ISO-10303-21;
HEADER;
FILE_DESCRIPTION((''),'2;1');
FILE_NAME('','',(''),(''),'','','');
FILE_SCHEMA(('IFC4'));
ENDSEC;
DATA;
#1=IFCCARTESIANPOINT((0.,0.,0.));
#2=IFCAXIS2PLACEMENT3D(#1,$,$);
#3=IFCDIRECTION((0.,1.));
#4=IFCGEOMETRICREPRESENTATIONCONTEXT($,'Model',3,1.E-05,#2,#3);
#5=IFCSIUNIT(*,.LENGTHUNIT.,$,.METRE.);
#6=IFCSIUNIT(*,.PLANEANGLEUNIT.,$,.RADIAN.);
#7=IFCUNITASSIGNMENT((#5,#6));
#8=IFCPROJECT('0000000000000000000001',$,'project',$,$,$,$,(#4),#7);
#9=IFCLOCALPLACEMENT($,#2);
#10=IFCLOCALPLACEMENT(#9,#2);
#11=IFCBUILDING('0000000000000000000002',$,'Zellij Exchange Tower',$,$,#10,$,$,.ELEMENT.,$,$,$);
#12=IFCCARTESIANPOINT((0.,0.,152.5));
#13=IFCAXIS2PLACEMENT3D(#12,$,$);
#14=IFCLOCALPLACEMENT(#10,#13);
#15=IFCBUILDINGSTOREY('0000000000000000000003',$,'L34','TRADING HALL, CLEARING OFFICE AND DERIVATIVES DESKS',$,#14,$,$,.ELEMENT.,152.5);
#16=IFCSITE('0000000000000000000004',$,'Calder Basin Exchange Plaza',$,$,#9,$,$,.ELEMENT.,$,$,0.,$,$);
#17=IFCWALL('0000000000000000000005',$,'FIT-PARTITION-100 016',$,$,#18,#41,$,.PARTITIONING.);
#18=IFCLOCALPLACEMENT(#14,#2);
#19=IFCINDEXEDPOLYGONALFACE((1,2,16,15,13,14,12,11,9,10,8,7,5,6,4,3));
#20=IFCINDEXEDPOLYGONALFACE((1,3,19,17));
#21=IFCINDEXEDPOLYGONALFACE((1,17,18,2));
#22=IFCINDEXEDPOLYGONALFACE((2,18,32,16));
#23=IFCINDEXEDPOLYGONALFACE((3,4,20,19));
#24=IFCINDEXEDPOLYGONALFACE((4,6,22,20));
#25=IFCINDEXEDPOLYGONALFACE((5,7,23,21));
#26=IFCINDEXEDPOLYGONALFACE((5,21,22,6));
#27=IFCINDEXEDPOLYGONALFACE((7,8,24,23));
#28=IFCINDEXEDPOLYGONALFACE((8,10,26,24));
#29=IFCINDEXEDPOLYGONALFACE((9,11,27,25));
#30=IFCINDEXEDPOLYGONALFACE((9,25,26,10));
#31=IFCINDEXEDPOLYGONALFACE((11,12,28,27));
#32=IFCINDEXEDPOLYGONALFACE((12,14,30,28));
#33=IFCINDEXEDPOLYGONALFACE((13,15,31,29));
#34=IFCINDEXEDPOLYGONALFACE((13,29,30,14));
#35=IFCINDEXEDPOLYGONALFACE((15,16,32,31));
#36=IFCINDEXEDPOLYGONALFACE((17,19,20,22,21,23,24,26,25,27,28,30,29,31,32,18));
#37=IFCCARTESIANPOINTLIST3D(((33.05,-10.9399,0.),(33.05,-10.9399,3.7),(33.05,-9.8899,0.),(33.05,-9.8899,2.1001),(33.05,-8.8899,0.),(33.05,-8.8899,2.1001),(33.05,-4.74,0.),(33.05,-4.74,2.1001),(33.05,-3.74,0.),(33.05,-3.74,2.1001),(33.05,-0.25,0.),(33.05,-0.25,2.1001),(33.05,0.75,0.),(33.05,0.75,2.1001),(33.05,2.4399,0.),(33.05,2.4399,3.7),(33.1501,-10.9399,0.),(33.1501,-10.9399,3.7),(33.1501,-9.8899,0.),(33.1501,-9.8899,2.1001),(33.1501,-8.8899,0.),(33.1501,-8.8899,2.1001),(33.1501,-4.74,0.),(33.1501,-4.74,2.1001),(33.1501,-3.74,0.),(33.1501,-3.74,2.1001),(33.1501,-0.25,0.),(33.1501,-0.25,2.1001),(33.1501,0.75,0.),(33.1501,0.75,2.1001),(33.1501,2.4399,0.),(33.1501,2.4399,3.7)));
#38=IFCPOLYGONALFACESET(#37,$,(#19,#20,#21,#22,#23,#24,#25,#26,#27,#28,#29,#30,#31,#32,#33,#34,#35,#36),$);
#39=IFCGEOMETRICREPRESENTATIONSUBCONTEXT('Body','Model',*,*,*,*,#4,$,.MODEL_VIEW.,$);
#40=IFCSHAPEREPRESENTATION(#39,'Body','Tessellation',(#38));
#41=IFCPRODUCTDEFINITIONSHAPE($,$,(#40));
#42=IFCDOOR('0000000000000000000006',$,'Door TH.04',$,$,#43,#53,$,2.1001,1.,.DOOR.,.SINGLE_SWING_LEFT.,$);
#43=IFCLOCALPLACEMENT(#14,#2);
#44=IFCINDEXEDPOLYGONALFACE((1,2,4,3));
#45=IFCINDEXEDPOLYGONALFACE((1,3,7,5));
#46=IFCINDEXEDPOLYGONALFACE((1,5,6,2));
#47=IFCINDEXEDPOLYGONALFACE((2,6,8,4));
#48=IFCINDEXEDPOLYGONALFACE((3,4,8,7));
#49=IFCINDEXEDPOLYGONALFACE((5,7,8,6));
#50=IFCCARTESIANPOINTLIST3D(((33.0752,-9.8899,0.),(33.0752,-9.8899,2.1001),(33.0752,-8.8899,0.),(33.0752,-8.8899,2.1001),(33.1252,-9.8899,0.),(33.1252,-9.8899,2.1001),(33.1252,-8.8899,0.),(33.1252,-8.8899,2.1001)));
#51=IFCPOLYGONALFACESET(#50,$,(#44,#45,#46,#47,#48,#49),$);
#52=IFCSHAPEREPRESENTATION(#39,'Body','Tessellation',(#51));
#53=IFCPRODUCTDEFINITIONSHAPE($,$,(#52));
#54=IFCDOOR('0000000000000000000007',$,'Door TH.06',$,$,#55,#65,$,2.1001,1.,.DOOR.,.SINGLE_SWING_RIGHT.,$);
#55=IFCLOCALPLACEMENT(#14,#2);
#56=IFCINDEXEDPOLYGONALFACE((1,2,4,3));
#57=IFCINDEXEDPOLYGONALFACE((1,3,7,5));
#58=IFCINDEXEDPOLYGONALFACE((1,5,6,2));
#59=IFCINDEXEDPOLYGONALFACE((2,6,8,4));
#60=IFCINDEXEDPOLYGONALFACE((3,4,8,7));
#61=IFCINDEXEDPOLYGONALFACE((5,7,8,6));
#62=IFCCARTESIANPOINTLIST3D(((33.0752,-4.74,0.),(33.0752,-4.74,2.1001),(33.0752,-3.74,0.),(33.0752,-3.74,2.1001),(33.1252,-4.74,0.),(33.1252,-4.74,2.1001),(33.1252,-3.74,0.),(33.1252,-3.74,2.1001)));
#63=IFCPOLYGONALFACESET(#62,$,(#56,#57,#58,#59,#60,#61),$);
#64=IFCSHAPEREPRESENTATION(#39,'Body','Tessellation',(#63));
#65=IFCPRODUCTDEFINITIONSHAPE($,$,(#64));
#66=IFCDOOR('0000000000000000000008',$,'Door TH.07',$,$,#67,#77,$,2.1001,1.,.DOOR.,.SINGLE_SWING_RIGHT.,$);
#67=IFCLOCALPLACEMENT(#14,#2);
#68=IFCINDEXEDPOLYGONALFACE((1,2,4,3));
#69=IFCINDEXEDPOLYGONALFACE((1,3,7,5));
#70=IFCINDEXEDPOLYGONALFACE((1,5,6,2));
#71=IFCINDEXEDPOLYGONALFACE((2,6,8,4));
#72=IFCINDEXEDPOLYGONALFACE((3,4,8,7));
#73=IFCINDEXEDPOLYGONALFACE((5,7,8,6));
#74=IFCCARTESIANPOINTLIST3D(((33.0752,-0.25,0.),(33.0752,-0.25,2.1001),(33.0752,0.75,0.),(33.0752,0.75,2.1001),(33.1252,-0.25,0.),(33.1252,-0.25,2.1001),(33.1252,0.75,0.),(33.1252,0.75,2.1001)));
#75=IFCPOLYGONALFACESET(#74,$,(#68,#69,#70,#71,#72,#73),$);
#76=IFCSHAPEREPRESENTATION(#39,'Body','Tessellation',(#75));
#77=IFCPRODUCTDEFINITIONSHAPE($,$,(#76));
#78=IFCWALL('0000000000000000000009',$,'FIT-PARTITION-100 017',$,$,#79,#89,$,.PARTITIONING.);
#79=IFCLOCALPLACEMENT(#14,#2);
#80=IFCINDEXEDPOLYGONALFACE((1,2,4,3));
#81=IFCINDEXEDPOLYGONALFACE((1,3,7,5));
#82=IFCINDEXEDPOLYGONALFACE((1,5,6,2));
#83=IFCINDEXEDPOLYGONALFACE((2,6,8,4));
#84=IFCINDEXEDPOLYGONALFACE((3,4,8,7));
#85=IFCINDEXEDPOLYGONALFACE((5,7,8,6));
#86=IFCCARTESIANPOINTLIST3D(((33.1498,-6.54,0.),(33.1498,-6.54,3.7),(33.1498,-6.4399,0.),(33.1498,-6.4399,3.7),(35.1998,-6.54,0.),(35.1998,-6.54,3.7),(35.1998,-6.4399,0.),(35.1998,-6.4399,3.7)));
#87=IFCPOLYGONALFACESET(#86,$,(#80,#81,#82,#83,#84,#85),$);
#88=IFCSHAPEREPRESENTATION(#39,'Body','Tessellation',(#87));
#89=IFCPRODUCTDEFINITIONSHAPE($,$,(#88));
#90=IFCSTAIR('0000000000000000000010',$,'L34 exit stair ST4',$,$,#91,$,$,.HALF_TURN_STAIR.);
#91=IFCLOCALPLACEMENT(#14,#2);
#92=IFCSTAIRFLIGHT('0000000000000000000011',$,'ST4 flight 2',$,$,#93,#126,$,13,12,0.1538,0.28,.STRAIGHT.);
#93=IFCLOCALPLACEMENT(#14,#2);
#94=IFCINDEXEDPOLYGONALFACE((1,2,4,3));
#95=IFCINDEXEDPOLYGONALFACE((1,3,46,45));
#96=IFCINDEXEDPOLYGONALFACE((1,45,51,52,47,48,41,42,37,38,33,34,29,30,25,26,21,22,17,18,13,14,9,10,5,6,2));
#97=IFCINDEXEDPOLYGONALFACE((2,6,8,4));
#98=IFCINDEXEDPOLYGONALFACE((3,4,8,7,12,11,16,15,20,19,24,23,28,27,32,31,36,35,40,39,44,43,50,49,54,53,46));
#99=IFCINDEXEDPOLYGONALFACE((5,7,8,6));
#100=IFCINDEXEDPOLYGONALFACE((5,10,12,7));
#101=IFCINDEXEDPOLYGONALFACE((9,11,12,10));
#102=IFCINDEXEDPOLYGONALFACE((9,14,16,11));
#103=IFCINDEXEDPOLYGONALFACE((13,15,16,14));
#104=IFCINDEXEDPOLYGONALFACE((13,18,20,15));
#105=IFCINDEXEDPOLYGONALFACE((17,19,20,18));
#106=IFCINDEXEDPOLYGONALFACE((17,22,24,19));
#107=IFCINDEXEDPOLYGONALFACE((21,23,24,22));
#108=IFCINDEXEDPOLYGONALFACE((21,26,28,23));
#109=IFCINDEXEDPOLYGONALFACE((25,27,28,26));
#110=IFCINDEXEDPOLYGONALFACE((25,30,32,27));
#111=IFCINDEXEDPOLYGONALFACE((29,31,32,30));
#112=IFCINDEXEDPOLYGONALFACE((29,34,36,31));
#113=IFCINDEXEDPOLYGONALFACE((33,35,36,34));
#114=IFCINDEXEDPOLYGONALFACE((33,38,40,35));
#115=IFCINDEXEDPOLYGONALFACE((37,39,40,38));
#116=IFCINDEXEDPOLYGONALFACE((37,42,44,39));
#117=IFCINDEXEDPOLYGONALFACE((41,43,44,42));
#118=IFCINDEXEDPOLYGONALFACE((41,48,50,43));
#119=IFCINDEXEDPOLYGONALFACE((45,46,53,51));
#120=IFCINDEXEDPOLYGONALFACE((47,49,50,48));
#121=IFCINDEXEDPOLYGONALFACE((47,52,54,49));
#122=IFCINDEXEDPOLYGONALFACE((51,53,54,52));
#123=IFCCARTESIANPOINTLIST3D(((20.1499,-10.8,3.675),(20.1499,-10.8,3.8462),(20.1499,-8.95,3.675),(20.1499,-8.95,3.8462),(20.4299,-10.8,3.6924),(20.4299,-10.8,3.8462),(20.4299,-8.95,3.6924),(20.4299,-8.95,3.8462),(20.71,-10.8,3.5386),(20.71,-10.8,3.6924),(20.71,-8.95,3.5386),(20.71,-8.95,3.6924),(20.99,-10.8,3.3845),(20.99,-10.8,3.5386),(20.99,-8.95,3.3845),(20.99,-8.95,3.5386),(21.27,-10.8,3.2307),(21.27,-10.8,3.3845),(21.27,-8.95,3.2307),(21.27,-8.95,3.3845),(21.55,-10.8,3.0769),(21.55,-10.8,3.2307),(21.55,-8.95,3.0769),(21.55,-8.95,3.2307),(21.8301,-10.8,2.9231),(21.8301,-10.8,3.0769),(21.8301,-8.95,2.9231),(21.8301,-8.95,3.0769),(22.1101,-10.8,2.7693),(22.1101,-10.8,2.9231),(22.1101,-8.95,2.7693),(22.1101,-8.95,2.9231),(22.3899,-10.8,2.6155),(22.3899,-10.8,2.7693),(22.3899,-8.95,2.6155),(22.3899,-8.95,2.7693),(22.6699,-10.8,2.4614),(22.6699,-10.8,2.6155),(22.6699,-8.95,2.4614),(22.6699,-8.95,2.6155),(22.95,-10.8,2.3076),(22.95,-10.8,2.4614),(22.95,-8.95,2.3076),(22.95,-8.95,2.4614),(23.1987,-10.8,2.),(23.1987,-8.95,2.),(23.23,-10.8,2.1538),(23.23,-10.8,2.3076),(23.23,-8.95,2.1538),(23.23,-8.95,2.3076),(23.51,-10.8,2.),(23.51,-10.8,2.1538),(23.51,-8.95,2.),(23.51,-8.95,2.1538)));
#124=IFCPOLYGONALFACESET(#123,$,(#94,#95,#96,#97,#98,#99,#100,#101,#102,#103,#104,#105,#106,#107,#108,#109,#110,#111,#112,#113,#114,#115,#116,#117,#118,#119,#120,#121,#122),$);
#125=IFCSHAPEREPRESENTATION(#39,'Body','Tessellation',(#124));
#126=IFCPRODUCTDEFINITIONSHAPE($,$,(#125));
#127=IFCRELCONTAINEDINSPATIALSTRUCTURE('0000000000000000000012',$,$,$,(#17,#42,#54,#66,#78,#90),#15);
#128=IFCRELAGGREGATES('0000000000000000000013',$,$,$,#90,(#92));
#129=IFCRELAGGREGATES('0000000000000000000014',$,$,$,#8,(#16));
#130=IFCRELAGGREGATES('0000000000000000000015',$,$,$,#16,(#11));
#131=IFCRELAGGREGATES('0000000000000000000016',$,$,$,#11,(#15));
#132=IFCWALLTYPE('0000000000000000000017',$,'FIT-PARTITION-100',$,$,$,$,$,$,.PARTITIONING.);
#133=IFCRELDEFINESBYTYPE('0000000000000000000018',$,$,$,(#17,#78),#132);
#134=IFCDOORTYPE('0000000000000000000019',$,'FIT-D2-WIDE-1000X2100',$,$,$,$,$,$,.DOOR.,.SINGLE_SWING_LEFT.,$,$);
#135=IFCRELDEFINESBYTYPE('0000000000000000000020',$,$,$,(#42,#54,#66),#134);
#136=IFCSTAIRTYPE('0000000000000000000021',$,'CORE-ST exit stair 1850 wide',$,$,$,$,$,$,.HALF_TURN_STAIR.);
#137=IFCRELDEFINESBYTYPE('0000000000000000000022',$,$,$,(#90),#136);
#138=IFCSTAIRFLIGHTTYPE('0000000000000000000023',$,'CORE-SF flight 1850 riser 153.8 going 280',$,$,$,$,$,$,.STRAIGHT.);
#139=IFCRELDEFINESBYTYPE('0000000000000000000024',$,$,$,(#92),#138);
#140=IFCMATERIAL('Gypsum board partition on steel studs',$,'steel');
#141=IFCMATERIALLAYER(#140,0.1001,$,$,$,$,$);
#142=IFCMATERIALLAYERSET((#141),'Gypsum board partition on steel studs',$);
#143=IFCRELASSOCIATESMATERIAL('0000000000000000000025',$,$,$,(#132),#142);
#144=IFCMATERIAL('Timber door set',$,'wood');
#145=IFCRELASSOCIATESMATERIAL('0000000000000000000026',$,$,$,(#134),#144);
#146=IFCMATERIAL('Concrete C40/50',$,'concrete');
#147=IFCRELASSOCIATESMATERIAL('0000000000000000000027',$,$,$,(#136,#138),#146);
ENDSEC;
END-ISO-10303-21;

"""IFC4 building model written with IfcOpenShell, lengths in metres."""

from ifc_helpers import new_model, si_unit, direction, frame, frame_2d, origin, place, context, subcontext, project, spatial, polyline, rectangle, outline, extrude, material, layer, layer_set, type_object, element, fill, aggregate, save


model = new_model("IFC4")

# Units and contexts
model_context = context("Model", 3, precision=1e-05, world=origin(), true_north=direction((0.0, 1.0)))
body_context = subcontext(model_context, "Body", "Model", "MODEL_VIEW")
ifc_project = project(units=[si_unit("LENGTHUNIT", "METRE"), si_unit("PLANEANGLEUNIT", "RADIAN")], contexts=[model_context])

# Site, building, storey
site_placement = place(None, origin())
site = spatial("IfcSite", under=ifc_project, at=site_placement, Name="Calder Basin Exchange Plaza", CompositionType="ELEMENT", RefElevation=0.0)
building_placement = place(site_placement, origin())
building = spatial("IfcBuilding", under=site, at=building_placement, Name="Zellij Exchange Tower", CompositionType="ELEMENT")
storey_placement = place(building_placement, frame((0.0, 0.0, 152.5)))
storey = spatial("IfcBuildingStorey", under=building, at=storey_placement, Name="L34", Description="TRADING HALL, CLEARING OFFICE AND DERIVATIVES DESKS", CompositionType="ELEMENT", Elevation=152.5)

# Shared definitions
ifc_material_1 = material(Name="Gypsum board partition on steel studs", Category="steel")
ifc_layer_1 = layer(ifc_material_1, 0.1001)
ifc_layer_set_1 = layer_set([ifc_layer_1], Name="Gypsum board partition on steel studs")
wall_type_1 = type_object("IfcWallType", Name="FIT-PARTITION-100", PredefinedType="PARTITIONING", material=ifc_layer_set_1)

# Shared definitions
ifc_material_2 = material(Name="Timber door set", Category="wood")
door_type_1 = type_object("IfcDoorType", Name="FIT-D2-WIDE-1000X2100", OperationType="SINGLE_SWING_LEFT", PredefinedType="DOOR", material=ifc_material_2)

# Wall, openings, doors
wall_1_placement = place(storey_placement, frame((33.1001, -10.9399, 0.0), z_axis=(0.0, 0.0, 1.0), x_axis=(0.0, 1.0, 0.0)))
wall_1 = element("IfcWall", 1, at=wall_1_placement, inside=storey, type_object=wall_type_1, Name="FIT-PARTITION-100 016", PredefinedType="PARTITIONING", context=body_context, shape_type="SweptSolid", body=[
    extrude(rectangle(XDim=13.3799, YDim=0.1001, at=frame_2d((6.6899, 0.0))), origin(), (0.0, 0.0, 1.0), 3.7),
])
opening_1_placement = place(wall_1_placement, frame((1.05, 0.0, 0.0)))
opening_1 = element("IfcOpeningElement", 2, at=opening_1_placement, cuts=wall_1, PredefinedType="OPENING", context=body_context, shape_type="SweptSolid", body=[
    extrude(rectangle(XDim=1.0, YDim=2.1001, at=frame_2d((0.5, 1.05))), frame((0.0, 0.062, 0.0), z_axis=(0.0, -1.0, 0.0), x_axis=(1.0, 0.0, 0.0)), (0.0, 0.0, 1.0), 0.124),
])
opening_2_placement = place(wall_1_placement, frame((6.2, 0.0, 0.0)))
opening_2 = element("IfcOpeningElement", 3, at=opening_2_placement, cuts=wall_1, PredefinedType="OPENING", context=body_context, shape_type="SweptSolid", body=[
    extrude(rectangle(XDim=1.0, YDim=2.1001, at=frame_2d((0.5, 1.05))), frame((0.0, 0.062, 0.0), z_axis=(0.0, -1.0, 0.0), x_axis=(1.0, 0.0, 0.0)), (0.0, 0.0, 1.0), 0.124),
])
opening_3_placement = place(wall_1_placement, frame((10.6899, 0.0, 0.0)))
opening_3 = element("IfcOpeningElement", 4, at=opening_3_placement, cuts=wall_1, PredefinedType="OPENING", context=body_context, shape_type="SweptSolid", body=[
    extrude(rectangle(XDim=1.0, YDim=2.1001, at=frame_2d((0.5, 1.05))), frame((0.0, 0.062, 0.0), z_axis=(0.0, -1.0, 0.0), x_axis=(1.0, 0.0, 0.0)), (0.0, 0.0, 1.0), 0.124),
])
door_1_placement = place(opening_1_placement, origin())
door_1 = element("IfcDoor", 5, at=door_1_placement, inside=storey, type_object=door_type_1, Name="Door TH.04", OperationType="SINGLE_SWING_LEFT", OverallHeight=2.1001, OverallWidth=1.0, PredefinedType="DOOR", context=body_context, shape_type="SweptSolid", body=[
    extrude(rectangle(XDim=1.0, YDim=2.1001, at=frame_2d((0.5, 1.05))), frame((0.0, 0.0249, 0.0), z_axis=(0.0, -1.0, 0.0), x_axis=(1.0, 0.0, 0.0)), (0.0, 0.0, 1.0), 0.05),
])
fill(opening_1, door_1)
door_2_placement = place(opening_2_placement, origin())
door_2 = element("IfcDoor", 6, at=door_2_placement, inside=storey, type_object=door_type_1, Name="Door TH.06", OperationType="SINGLE_SWING_RIGHT", OverallHeight=2.1001, OverallWidth=1.0, PredefinedType="DOOR", context=body_context, shape_type="SweptSolid", body=[
    extrude(rectangle(XDim=1.0, YDim=2.1001, at=frame_2d((0.5, 1.05))), frame((0.0, 0.0249, 0.0), z_axis=(0.0, -1.0, 0.0), x_axis=(1.0, 0.0, 0.0)), (0.0, 0.0, 1.0), 0.05),
])
fill(opening_2, door_2)
door_3_placement = place(opening_3_placement, origin())
door_3 = element("IfcDoor", 7, at=door_3_placement, inside=storey, type_object=door_type_1, Name="Door TH.07", OperationType="SINGLE_SWING_RIGHT", OverallHeight=2.1001, OverallWidth=1.0, PredefinedType="DOOR", context=body_context, shape_type="SweptSolid", body=[
    extrude(rectangle(XDim=1.0, YDim=2.1001, at=frame_2d((0.5, 1.05))), frame((0.0, 0.0249, 0.0), z_axis=(0.0, -1.0, 0.0), x_axis=(1.0, 0.0, 0.0)), (0.0, 0.0, 1.0), 0.05),
])
fill(opening_3, door_3)

# Wall
wall_2_placement = place(storey_placement, frame((33.1499, -6.49, 0.0), z_axis=(0.0, 0.0, 1.0), x_axis=(1.0, 0.0, 0.0)))
element("IfcWall", 8, at=wall_2_placement, inside=storey, type_object=wall_type_1, Name="FIT-PARTITION-100 017", PredefinedType="PARTITIONING", context=body_context, shape_type="SweptSolid", body=[
    extrude(rectangle(XDim=2.05, YDim=0.1001, at=frame_2d((1.0249, 0.0))), origin(), (0.0, 0.0, 1.0), 3.7),
])

# Stair, stair flight
ifc_material_3 = material(Name="Concrete C40/50", Category="concrete")
stair_type = type_object("IfcStairType", Name="CORE-ST exit stair 1850 wide", PredefinedType="HALF_TURN_STAIR", material=ifc_material_3)
stair_placement = place(storey_placement, origin())
stair = element("IfcStair", 9, at=stair_placement, inside=storey, type_object=stair_type, Name="L34 exit stair ST4", PredefinedType="HALF_TURN_STAIR")
stair_flight_type = type_object("IfcStairFlightType", Name="CORE-SF flight 1850 riser 153.8 going 280", PredefinedType="STRAIGHT", material=ifc_material_3)
stair_flight_placement = place(storey_placement, frame((23.51, -9.875, 2.0), z_axis=(0.0, 0.0, 1.0), x_axis=(-1.0, 0.0, 0.0)))
stair_flight = element("IfcStairFlight", 10, at=stair_flight_placement, type_object=stair_flight_type, Name="ST4 flight 2", NumberOfRisers=13, NumberOfTreads=12, PredefinedType="STRAIGHT", RiserHeight=0.1538, TreadLength=0.28, context=body_context, shape_type="SweptSolid", body=[
    extrude(outline(polyline([(0.0, 0.0), (0.0, 0.1538), (0.28, 0.1538), (0.28, 0.3076), (0.5601, 0.3076), (0.5601, 0.4614), (0.8401, 0.4614), (0.8401, 0.6155), (1.1201, 0.6155), (1.1201, 0.7693), (1.3999, 0.7693), (1.3999, 0.9231), (1.6799, 0.9231), (1.6799, 1.0769), (1.96, 1.0769), (1.96, 1.2307), (2.24, 1.2307), (2.24, 1.3845), (2.52, 1.3845), (2.52, 1.5386), (2.8, 1.5386), (2.8, 1.6924), (3.0801, 1.6924), (3.0801, 1.8462), (3.3601, 1.8462), (3.3601, 2.0), (3.3601, 1.675), (0.3113, 0.0), (0.0, 0.0)])), frame((0.0, 0.925, 0.0), z_axis=(0.0, -1.0, 0.0), x_axis=(1.0, 0.0, 0.0)), (0.0, 0.0, 1.0), 1.8501),
])
aggregate(stair, [stair_flight])

save(model, "model.ifc")
